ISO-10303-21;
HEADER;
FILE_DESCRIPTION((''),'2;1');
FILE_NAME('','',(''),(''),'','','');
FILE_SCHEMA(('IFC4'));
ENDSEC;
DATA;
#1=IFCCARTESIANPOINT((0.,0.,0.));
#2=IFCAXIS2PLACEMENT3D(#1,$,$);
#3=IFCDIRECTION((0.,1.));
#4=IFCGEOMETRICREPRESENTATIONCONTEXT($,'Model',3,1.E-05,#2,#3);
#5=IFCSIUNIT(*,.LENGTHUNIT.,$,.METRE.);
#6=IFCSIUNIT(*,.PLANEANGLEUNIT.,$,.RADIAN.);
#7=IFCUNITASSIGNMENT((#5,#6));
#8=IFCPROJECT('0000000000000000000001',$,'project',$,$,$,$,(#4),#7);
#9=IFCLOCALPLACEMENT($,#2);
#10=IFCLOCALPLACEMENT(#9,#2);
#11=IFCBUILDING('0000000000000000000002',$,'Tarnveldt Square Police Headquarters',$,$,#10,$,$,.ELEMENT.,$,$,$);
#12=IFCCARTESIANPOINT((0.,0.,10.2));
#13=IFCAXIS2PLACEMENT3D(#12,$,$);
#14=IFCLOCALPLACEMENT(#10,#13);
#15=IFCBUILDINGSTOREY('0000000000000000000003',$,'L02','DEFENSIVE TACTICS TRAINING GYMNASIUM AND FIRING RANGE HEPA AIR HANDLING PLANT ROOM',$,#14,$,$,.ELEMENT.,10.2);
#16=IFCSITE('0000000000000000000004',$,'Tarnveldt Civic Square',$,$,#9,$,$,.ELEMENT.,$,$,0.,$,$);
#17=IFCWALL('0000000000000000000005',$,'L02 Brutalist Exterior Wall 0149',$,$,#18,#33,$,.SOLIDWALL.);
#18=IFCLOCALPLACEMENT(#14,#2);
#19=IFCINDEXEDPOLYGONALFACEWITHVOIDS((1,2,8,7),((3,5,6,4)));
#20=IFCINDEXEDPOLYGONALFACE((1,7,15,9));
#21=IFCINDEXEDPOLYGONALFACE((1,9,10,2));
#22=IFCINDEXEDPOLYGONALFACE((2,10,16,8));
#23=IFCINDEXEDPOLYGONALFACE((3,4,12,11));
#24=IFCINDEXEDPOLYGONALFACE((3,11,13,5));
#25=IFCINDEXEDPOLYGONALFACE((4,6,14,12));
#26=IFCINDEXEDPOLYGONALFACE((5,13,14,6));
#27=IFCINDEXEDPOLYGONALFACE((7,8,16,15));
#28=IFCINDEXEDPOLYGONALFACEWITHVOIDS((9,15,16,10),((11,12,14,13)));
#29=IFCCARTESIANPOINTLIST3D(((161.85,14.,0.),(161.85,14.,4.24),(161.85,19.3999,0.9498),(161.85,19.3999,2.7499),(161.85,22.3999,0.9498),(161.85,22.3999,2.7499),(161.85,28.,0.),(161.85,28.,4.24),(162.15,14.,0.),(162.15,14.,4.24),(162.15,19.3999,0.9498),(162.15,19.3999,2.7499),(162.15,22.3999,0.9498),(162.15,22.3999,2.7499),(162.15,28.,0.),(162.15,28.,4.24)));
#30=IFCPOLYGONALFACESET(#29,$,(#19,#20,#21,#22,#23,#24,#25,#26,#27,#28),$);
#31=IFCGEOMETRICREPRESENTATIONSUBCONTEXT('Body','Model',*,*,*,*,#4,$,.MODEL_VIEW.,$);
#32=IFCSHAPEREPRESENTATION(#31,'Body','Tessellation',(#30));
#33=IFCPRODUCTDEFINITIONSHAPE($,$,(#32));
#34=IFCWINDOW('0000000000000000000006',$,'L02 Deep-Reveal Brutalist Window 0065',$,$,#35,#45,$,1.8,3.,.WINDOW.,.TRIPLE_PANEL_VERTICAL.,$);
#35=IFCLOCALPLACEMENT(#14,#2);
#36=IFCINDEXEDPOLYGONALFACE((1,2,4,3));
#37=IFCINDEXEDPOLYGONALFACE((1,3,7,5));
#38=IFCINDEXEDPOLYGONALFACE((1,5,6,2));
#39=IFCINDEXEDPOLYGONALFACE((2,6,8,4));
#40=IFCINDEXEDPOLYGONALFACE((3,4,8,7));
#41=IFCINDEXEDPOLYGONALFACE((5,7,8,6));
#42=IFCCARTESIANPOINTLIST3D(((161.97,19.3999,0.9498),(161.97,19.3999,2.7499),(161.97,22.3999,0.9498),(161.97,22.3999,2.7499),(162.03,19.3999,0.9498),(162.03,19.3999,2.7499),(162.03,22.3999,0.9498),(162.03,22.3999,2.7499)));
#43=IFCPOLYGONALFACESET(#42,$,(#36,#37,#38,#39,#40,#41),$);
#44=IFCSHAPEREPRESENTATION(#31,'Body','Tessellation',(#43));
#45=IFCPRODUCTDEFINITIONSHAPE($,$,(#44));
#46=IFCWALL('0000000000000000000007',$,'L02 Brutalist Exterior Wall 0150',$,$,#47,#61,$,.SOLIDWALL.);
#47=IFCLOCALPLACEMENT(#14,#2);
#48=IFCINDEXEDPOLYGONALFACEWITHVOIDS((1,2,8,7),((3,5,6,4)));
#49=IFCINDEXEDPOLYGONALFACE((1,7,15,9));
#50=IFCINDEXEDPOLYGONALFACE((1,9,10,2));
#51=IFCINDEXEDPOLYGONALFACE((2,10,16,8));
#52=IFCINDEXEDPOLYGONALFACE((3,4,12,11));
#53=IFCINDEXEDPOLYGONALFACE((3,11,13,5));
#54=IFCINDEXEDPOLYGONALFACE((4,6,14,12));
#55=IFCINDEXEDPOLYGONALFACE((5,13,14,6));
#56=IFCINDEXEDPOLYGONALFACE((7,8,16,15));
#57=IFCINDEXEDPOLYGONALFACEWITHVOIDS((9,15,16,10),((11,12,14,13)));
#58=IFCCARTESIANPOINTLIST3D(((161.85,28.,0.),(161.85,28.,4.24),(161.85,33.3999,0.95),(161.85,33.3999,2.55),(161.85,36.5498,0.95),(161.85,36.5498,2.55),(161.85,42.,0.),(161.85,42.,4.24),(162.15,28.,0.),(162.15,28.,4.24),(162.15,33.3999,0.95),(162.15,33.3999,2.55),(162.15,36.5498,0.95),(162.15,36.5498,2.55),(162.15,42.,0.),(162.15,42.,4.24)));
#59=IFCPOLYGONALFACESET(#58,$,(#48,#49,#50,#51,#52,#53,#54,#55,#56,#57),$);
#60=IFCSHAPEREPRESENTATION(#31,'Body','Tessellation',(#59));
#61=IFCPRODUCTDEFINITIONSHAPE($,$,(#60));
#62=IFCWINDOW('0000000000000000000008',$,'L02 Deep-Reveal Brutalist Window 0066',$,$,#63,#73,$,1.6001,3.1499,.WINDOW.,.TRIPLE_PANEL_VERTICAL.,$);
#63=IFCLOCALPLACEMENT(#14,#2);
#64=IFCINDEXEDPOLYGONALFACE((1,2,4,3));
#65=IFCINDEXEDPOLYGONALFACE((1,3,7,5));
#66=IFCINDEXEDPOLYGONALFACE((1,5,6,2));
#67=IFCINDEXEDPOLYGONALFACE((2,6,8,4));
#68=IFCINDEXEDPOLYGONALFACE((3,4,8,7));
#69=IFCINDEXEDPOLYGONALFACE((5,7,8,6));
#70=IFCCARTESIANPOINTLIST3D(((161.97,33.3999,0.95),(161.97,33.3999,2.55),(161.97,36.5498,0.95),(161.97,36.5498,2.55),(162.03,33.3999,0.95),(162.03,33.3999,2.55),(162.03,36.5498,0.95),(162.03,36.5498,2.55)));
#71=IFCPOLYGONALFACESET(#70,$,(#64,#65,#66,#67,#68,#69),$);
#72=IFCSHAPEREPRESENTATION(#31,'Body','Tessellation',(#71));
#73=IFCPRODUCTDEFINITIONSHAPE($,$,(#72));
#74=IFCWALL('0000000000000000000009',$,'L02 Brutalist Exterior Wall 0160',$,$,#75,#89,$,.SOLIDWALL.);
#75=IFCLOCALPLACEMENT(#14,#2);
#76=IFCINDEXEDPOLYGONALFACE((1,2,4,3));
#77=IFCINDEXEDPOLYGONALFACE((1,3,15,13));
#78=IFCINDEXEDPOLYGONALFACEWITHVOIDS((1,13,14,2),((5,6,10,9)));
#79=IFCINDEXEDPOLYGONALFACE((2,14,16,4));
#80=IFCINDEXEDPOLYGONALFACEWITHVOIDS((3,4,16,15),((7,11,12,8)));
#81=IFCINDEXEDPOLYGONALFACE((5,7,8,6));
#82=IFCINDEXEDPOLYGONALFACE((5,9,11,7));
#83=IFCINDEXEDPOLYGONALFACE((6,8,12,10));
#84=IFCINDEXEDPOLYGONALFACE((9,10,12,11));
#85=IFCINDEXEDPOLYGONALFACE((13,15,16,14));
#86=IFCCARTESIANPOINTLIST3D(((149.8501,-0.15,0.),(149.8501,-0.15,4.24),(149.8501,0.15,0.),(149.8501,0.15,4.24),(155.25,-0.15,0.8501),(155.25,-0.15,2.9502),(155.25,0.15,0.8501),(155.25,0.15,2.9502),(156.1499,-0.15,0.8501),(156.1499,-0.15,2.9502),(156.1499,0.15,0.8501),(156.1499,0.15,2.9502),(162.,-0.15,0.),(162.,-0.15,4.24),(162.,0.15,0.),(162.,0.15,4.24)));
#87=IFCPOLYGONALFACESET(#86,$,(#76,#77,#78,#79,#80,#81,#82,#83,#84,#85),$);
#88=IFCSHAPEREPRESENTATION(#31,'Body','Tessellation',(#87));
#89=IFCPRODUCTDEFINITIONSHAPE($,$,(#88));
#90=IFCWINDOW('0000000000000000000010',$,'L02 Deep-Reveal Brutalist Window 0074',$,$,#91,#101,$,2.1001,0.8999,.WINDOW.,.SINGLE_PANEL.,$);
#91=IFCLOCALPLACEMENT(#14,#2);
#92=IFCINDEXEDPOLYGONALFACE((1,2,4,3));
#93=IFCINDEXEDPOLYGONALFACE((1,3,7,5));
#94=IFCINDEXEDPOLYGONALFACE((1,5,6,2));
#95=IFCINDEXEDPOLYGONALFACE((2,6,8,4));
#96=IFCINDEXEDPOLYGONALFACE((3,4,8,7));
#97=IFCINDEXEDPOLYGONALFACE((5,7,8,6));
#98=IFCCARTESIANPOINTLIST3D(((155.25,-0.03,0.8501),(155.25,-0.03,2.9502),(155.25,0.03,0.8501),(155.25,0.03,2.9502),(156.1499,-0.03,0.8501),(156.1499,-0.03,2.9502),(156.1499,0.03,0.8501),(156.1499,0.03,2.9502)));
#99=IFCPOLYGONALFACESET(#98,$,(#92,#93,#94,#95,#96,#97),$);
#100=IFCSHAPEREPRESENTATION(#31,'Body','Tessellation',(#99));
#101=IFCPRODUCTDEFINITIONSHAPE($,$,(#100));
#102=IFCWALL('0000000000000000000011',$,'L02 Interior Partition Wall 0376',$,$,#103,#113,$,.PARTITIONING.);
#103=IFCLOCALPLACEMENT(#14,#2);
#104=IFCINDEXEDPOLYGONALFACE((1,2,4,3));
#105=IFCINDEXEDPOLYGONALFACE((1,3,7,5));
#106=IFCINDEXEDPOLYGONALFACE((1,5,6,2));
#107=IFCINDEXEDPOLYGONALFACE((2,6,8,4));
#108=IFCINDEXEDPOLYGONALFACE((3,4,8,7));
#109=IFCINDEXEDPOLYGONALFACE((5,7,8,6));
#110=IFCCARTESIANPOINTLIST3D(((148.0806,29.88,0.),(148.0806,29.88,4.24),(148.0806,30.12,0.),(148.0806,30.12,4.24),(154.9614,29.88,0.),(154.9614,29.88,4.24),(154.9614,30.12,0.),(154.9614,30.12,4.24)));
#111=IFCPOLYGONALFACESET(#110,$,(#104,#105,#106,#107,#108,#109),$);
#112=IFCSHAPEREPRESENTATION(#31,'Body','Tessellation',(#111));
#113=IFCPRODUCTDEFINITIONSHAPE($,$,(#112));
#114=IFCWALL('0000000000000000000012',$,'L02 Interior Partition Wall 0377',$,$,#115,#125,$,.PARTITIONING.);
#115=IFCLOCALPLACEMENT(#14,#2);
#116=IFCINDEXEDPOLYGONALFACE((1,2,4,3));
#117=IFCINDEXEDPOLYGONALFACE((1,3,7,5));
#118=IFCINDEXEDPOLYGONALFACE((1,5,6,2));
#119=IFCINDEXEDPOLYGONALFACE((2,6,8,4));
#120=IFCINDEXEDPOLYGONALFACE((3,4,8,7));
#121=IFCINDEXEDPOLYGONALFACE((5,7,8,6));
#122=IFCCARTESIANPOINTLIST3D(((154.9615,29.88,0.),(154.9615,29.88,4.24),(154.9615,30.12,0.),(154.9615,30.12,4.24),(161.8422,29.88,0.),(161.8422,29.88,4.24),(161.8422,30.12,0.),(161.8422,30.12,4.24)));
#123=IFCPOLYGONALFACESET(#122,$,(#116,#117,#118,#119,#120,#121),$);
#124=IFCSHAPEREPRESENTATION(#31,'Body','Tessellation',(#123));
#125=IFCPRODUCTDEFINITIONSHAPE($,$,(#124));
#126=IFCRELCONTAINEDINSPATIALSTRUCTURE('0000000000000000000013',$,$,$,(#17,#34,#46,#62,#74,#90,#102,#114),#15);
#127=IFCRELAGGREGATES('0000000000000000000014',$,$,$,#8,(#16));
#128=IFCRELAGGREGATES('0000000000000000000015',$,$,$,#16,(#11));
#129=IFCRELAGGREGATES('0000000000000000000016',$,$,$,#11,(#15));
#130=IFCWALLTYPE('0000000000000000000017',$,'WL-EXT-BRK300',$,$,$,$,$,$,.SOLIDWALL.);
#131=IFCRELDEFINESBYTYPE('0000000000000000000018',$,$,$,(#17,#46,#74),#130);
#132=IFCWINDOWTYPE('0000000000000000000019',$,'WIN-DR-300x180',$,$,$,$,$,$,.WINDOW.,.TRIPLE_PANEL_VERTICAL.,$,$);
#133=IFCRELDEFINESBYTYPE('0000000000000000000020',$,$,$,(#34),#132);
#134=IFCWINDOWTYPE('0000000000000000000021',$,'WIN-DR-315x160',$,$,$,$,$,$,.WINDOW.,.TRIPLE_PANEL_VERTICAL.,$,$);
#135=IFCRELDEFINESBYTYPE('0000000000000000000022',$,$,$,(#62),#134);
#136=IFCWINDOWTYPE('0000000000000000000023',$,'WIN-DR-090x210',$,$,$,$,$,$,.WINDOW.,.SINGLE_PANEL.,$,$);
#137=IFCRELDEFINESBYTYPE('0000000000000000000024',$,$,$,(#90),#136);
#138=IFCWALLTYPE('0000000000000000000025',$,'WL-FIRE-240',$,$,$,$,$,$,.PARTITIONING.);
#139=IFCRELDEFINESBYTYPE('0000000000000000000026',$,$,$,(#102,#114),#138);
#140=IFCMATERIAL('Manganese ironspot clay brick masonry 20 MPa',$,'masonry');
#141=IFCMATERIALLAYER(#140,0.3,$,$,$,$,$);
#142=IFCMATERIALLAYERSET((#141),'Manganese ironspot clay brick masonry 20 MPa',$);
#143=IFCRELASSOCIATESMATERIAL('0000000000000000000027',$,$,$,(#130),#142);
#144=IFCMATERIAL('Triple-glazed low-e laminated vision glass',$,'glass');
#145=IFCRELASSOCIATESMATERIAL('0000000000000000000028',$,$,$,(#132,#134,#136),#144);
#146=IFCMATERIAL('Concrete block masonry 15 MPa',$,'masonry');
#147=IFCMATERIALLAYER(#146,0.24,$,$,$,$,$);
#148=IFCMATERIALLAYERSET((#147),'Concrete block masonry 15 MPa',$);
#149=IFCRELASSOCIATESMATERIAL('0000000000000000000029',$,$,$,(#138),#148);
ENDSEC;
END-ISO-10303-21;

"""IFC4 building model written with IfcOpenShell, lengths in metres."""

from ifc_helpers import new_model, si_unit, direction, frame, frame_2d, origin, place, context, subcontext, project, spatial, rectangle, extrude, material, layer, layer_set, type_object, element, fill, save


model = new_model("IFC4")

# Units and contexts
model_context = context("Model", 3, precision=1e-05, world=origin(), true_north=direction((0.0, 1.0)))
body_context = subcontext(model_context, "Body", "Model", "MODEL_VIEW")
ifc_project = project(units=[si_unit("LENGTHUNIT", "METRE"), si_unit("PLANEANGLEUNIT", "RADIAN")], contexts=[model_context])

# Site, building, storey
site_placement = place(None, origin())
site = spatial("IfcSite", under=ifc_project, at=site_placement, Name="Tarnveldt Civic Square", CompositionType="ELEMENT", RefElevation=0.0)
building_placement = place(site_placement, origin())
building = spatial("IfcBuilding", under=site, at=building_placement, Name="Tarnveldt Square Police Headquarters", CompositionType="ELEMENT")
storey_placement = place(building_placement, frame((0.0, 0.0, 10.2)))
storey = spatial("IfcBuildingStorey", under=building, at=storey_placement, Name="L02", Description="DEFENSIVE TACTICS TRAINING GYMNASIUM AND FIRING RANGE HEPA AIR HANDLING PLANT ROOM", CompositionType="ELEMENT", Elevation=10.2)

# Walls, openings, windows
ifc_material_1 = material(Name="Manganese ironspot clay brick masonry 20 MPa", Category="masonry")
ifc_layer_1 = layer(ifc_material_1, 0.3)
ifc_layer_set_1 = layer_set([ifc_layer_1], Name="Manganese ironspot clay brick masonry 20 MPa")
wall_type_1 = type_object("IfcWallType", Name="WL-EXT-BRK300", PredefinedType="SOLIDWALL", material=ifc_layer_set_1)
ifc_material_2 = material(Name="Triple-glazed low-e laminated vision glass", Category="glass")
wall_1_placement = place(storey_placement, frame((162.0, 14.0, 0.0), z_axis=(0.0, 0.0, 1.0), x_axis=(0.0, 1.0, 0.0)))
wall_1 = element("IfcWall", 1, at=wall_1_placement, inside=storey, type_object=wall_type_1, Name="L02 Brutalist Exterior Wall 0149", PredefinedType="SOLIDWALL", context=body_context, shape_type="SweptSolid", body=[
    extrude(rectangle(XDim=14.0, YDim=0.3, at=frame_2d((7.0, 0.0))), origin(), (0.0, 0.0, 1.0), 4.24),
])
opening_1_placement = place(wall_1_placement, frame((5.3999, 0.0, 0.95)))
opening_1 = element("IfcOpeningElement", 2, at=opening_1_placement, cuts=wall_1, PredefinedType="OPENING", context=body_context, shape_type="SweptSolid", body=[
    extrude(rectangle(XDim=3.0, YDim=1.8, at=frame_2d((1.5, 0.8999))), frame((0.0, 0.1599, 0.0), z_axis=(0.0, -1.0, 0.0), x_axis=(1.0, 0.0, 0.0)), (0.0, 0.0, 1.0), 0.3201),
])
window_type_1 = type_object("IfcWindowType", Name="WIN-DR-300x180", PartitioningType="TRIPLE_PANEL_VERTICAL", PredefinedType="WINDOW", material=ifc_material_2)
window_1_placement = place(opening_1_placement, origin())
window_1 = element("IfcWindow", 3, at=window_1_placement, inside=storey, type_object=window_type_1, Name="L02 Deep-Reveal Brutalist Window 0065", OverallHeight=1.8, OverallWidth=3.0, PartitioningType="TRIPLE_PANEL_VERTICAL", PredefinedType="WINDOW", context=body_context, shape_type="SweptSolid", body=[
    extrude(rectangle(XDim=3.0, YDim=1.8, at=frame_2d((1.5, 0.8999))), frame((0.0, 0.03, 0.0), z_axis=(0.0, -1.0, 0.0), x_axis=(1.0, 0.0, 0.0)), (0.0, 0.0, 1.0), 0.0601),
])
fill(opening_1, window_1)
wall_2_placement = place(storey_placement, frame((162.0, 28.0, 0.0), z_axis=(0.0, 0.0, 1.0), x_axis=(0.0, 1.0, 0.0)))
wall_2 = element("IfcWall", 4, at=wall_2_placement, inside=storey, type_object=wall_type_1, Name="L02 Brutalist Exterior Wall 0150", PredefinedType="SOLIDWALL", context=body_context, shape_type="SweptSolid", body=[
    extrude(rectangle(XDim=14.0, YDim=0.3, at=frame_2d((7.0, 0.0))), origin(), (0.0, 0.0, 1.0), 4.24),
])
opening_2_placement = place(wall_2_placement, frame((5.3999, 0.0, 0.95)))
opening_2 = element("IfcOpeningElement", 5, at=opening_2_placement, cuts=wall_2, PredefinedType="OPENING", context=body_context, shape_type="SweptSolid", body=[
    extrude(rectangle(XDim=3.1499, YDim=1.6001, at=frame_2d((1.575, 0.8))), frame((0.0, 0.1599, 0.0), z_axis=(0.0, -1.0, 0.0), x_axis=(1.0, 0.0, 0.0)), (0.0, 0.0, 1.0), 0.3201),
])
window_type_2 = type_object("IfcWindowType", Name="WIN-DR-315x160", PartitioningType="TRIPLE_PANEL_VERTICAL", PredefinedType="WINDOW", material=ifc_material_2)
window_2_placement = place(opening_2_placement, origin())
window_2 = element("IfcWindow", 6, at=window_2_placement, inside=storey, type_object=window_type_2, Name="L02 Deep-Reveal Brutalist Window 0066", OverallHeight=1.6001, OverallWidth=3.1499, PartitioningType="TRIPLE_PANEL_VERTICAL", PredefinedType="WINDOW", context=body_context, shape_type="SweptSolid", body=[
    extrude(rectangle(XDim=3.1499, YDim=1.6001, at=frame_2d((1.575, 0.8))), frame((0.0, 0.03, 0.0), z_axis=(0.0, -1.0, 0.0), x_axis=(1.0, 0.0, 0.0)), (0.0, 0.0, 1.0), 0.0601),
])
fill(opening_2, window_2)
wall_3_placement = place(storey_placement, frame((149.8501, 0.0, 0.0), z_axis=(0.0, 0.0, 1.0), x_axis=(1.0, 0.0, 0.0)))
wall_3 = element("IfcWall", 7, at=wall_3_placement, inside=storey, type_object=wall_type_1, Name="L02 Brutalist Exterior Wall 0160", PredefinedType="SOLIDWALL", context=body_context, shape_type="SweptSolid", body=[
    extrude(rectangle(XDim=12.1499, YDim=0.3, at=frame_2d((6.075, 0.0))), origin(), (0.0, 0.0, 1.0), 4.24),
])
opening_3_placement = place(wall_3_placement, frame((5.3999, 0.0, 0.8501)))
opening_3 = element("IfcOpeningElement", 8, at=opening_3_placement, cuts=wall_3, PredefinedType="OPENING", context=body_context, shape_type="SweptSolid", body=[
    extrude(rectangle(XDim=0.8999, YDim=2.1001, at=frame_2d((0.45, 1.05))), frame((0.0, 0.1599, 0.0), z_axis=(0.0, -1.0, 0.0), x_axis=(1.0, 0.0, 0.0)), (0.0, 0.0, 1.0), 0.3201),
])
window_type_3 = type_object("IfcWindowType", Name="WIN-DR-090x210", PartitioningType="SINGLE_PANEL", PredefinedType="WINDOW", material=ifc_material_2)
window_3_placement = place(opening_3_placement, origin())
window_3 = element("IfcWindow", 9, at=window_3_placement, inside=storey, type_object=window_type_3, Name="L02 Deep-Reveal Brutalist Window 0074", OverallHeight=2.1001, OverallWidth=0.8999, PartitioningType="SINGLE_PANEL", PredefinedType="WINDOW", context=body_context, shape_type="SweptSolid", body=[
    extrude(rectangle(XDim=0.8999, YDim=2.1001, at=frame_2d((0.45, 1.05))), frame((0.0, 0.03, 0.0), z_axis=(0.0, -1.0, 0.0), x_axis=(1.0, 0.0, 0.0)), (0.0, 0.0, 1.0), 0.0601),
])
fill(opening_3, window_3)

# Walls
ifc_material_3 = material(Name="Concrete block masonry 15 MPa", Category="masonry")
ifc_layer_2 = layer(ifc_material_3, 0.24)
ifc_layer_set_2 = layer_set([ifc_layer_2], Name="Concrete block masonry 15 MPa")
wall_type_2 = type_object("IfcWallType", Name="WL-FIRE-240", PredefinedType="PARTITIONING", material=ifc_layer_set_2)
wall_4_placement = place(storey_placement, frame((148.0806, 30.0, 0.0), z_axis=(0.0, 0.0, 1.0), x_axis=(1.0, 0.0, 0.0)))
element("IfcWall", 10, at=wall_4_placement, inside=storey, type_object=wall_type_2, Name="L02 Interior Partition Wall 0376", PredefinedType="PARTITIONING", context=body_context, shape_type="SweptSolid", body=[
    extrude(rectangle(XDim=6.8809, YDim=0.24, at=frame_2d((3.4404, 0.0))), origin(), (0.0, 0.0, 1.0), 4.24),
])
wall_5_placement = place(storey_placement, frame((154.9614, 30.0, 0.0), z_axis=(0.0, 0.0, 1.0), x_axis=(1.0, 0.0, 0.0)))
element("IfcWall", 11, at=wall_5_placement, inside=storey, type_object=wall_type_2, Name="L02 Interior Partition Wall 0377", PredefinedType="PARTITIONING", context=body_context, shape_type="SweptSolid", body=[
    extrude(rectangle(XDim=6.8806, YDim=0.24, at=frame_2d((3.4404, 0.0))), origin(), (0.0, 0.0, 1.0), 4.24),
])

save(model, "model.ifc")
